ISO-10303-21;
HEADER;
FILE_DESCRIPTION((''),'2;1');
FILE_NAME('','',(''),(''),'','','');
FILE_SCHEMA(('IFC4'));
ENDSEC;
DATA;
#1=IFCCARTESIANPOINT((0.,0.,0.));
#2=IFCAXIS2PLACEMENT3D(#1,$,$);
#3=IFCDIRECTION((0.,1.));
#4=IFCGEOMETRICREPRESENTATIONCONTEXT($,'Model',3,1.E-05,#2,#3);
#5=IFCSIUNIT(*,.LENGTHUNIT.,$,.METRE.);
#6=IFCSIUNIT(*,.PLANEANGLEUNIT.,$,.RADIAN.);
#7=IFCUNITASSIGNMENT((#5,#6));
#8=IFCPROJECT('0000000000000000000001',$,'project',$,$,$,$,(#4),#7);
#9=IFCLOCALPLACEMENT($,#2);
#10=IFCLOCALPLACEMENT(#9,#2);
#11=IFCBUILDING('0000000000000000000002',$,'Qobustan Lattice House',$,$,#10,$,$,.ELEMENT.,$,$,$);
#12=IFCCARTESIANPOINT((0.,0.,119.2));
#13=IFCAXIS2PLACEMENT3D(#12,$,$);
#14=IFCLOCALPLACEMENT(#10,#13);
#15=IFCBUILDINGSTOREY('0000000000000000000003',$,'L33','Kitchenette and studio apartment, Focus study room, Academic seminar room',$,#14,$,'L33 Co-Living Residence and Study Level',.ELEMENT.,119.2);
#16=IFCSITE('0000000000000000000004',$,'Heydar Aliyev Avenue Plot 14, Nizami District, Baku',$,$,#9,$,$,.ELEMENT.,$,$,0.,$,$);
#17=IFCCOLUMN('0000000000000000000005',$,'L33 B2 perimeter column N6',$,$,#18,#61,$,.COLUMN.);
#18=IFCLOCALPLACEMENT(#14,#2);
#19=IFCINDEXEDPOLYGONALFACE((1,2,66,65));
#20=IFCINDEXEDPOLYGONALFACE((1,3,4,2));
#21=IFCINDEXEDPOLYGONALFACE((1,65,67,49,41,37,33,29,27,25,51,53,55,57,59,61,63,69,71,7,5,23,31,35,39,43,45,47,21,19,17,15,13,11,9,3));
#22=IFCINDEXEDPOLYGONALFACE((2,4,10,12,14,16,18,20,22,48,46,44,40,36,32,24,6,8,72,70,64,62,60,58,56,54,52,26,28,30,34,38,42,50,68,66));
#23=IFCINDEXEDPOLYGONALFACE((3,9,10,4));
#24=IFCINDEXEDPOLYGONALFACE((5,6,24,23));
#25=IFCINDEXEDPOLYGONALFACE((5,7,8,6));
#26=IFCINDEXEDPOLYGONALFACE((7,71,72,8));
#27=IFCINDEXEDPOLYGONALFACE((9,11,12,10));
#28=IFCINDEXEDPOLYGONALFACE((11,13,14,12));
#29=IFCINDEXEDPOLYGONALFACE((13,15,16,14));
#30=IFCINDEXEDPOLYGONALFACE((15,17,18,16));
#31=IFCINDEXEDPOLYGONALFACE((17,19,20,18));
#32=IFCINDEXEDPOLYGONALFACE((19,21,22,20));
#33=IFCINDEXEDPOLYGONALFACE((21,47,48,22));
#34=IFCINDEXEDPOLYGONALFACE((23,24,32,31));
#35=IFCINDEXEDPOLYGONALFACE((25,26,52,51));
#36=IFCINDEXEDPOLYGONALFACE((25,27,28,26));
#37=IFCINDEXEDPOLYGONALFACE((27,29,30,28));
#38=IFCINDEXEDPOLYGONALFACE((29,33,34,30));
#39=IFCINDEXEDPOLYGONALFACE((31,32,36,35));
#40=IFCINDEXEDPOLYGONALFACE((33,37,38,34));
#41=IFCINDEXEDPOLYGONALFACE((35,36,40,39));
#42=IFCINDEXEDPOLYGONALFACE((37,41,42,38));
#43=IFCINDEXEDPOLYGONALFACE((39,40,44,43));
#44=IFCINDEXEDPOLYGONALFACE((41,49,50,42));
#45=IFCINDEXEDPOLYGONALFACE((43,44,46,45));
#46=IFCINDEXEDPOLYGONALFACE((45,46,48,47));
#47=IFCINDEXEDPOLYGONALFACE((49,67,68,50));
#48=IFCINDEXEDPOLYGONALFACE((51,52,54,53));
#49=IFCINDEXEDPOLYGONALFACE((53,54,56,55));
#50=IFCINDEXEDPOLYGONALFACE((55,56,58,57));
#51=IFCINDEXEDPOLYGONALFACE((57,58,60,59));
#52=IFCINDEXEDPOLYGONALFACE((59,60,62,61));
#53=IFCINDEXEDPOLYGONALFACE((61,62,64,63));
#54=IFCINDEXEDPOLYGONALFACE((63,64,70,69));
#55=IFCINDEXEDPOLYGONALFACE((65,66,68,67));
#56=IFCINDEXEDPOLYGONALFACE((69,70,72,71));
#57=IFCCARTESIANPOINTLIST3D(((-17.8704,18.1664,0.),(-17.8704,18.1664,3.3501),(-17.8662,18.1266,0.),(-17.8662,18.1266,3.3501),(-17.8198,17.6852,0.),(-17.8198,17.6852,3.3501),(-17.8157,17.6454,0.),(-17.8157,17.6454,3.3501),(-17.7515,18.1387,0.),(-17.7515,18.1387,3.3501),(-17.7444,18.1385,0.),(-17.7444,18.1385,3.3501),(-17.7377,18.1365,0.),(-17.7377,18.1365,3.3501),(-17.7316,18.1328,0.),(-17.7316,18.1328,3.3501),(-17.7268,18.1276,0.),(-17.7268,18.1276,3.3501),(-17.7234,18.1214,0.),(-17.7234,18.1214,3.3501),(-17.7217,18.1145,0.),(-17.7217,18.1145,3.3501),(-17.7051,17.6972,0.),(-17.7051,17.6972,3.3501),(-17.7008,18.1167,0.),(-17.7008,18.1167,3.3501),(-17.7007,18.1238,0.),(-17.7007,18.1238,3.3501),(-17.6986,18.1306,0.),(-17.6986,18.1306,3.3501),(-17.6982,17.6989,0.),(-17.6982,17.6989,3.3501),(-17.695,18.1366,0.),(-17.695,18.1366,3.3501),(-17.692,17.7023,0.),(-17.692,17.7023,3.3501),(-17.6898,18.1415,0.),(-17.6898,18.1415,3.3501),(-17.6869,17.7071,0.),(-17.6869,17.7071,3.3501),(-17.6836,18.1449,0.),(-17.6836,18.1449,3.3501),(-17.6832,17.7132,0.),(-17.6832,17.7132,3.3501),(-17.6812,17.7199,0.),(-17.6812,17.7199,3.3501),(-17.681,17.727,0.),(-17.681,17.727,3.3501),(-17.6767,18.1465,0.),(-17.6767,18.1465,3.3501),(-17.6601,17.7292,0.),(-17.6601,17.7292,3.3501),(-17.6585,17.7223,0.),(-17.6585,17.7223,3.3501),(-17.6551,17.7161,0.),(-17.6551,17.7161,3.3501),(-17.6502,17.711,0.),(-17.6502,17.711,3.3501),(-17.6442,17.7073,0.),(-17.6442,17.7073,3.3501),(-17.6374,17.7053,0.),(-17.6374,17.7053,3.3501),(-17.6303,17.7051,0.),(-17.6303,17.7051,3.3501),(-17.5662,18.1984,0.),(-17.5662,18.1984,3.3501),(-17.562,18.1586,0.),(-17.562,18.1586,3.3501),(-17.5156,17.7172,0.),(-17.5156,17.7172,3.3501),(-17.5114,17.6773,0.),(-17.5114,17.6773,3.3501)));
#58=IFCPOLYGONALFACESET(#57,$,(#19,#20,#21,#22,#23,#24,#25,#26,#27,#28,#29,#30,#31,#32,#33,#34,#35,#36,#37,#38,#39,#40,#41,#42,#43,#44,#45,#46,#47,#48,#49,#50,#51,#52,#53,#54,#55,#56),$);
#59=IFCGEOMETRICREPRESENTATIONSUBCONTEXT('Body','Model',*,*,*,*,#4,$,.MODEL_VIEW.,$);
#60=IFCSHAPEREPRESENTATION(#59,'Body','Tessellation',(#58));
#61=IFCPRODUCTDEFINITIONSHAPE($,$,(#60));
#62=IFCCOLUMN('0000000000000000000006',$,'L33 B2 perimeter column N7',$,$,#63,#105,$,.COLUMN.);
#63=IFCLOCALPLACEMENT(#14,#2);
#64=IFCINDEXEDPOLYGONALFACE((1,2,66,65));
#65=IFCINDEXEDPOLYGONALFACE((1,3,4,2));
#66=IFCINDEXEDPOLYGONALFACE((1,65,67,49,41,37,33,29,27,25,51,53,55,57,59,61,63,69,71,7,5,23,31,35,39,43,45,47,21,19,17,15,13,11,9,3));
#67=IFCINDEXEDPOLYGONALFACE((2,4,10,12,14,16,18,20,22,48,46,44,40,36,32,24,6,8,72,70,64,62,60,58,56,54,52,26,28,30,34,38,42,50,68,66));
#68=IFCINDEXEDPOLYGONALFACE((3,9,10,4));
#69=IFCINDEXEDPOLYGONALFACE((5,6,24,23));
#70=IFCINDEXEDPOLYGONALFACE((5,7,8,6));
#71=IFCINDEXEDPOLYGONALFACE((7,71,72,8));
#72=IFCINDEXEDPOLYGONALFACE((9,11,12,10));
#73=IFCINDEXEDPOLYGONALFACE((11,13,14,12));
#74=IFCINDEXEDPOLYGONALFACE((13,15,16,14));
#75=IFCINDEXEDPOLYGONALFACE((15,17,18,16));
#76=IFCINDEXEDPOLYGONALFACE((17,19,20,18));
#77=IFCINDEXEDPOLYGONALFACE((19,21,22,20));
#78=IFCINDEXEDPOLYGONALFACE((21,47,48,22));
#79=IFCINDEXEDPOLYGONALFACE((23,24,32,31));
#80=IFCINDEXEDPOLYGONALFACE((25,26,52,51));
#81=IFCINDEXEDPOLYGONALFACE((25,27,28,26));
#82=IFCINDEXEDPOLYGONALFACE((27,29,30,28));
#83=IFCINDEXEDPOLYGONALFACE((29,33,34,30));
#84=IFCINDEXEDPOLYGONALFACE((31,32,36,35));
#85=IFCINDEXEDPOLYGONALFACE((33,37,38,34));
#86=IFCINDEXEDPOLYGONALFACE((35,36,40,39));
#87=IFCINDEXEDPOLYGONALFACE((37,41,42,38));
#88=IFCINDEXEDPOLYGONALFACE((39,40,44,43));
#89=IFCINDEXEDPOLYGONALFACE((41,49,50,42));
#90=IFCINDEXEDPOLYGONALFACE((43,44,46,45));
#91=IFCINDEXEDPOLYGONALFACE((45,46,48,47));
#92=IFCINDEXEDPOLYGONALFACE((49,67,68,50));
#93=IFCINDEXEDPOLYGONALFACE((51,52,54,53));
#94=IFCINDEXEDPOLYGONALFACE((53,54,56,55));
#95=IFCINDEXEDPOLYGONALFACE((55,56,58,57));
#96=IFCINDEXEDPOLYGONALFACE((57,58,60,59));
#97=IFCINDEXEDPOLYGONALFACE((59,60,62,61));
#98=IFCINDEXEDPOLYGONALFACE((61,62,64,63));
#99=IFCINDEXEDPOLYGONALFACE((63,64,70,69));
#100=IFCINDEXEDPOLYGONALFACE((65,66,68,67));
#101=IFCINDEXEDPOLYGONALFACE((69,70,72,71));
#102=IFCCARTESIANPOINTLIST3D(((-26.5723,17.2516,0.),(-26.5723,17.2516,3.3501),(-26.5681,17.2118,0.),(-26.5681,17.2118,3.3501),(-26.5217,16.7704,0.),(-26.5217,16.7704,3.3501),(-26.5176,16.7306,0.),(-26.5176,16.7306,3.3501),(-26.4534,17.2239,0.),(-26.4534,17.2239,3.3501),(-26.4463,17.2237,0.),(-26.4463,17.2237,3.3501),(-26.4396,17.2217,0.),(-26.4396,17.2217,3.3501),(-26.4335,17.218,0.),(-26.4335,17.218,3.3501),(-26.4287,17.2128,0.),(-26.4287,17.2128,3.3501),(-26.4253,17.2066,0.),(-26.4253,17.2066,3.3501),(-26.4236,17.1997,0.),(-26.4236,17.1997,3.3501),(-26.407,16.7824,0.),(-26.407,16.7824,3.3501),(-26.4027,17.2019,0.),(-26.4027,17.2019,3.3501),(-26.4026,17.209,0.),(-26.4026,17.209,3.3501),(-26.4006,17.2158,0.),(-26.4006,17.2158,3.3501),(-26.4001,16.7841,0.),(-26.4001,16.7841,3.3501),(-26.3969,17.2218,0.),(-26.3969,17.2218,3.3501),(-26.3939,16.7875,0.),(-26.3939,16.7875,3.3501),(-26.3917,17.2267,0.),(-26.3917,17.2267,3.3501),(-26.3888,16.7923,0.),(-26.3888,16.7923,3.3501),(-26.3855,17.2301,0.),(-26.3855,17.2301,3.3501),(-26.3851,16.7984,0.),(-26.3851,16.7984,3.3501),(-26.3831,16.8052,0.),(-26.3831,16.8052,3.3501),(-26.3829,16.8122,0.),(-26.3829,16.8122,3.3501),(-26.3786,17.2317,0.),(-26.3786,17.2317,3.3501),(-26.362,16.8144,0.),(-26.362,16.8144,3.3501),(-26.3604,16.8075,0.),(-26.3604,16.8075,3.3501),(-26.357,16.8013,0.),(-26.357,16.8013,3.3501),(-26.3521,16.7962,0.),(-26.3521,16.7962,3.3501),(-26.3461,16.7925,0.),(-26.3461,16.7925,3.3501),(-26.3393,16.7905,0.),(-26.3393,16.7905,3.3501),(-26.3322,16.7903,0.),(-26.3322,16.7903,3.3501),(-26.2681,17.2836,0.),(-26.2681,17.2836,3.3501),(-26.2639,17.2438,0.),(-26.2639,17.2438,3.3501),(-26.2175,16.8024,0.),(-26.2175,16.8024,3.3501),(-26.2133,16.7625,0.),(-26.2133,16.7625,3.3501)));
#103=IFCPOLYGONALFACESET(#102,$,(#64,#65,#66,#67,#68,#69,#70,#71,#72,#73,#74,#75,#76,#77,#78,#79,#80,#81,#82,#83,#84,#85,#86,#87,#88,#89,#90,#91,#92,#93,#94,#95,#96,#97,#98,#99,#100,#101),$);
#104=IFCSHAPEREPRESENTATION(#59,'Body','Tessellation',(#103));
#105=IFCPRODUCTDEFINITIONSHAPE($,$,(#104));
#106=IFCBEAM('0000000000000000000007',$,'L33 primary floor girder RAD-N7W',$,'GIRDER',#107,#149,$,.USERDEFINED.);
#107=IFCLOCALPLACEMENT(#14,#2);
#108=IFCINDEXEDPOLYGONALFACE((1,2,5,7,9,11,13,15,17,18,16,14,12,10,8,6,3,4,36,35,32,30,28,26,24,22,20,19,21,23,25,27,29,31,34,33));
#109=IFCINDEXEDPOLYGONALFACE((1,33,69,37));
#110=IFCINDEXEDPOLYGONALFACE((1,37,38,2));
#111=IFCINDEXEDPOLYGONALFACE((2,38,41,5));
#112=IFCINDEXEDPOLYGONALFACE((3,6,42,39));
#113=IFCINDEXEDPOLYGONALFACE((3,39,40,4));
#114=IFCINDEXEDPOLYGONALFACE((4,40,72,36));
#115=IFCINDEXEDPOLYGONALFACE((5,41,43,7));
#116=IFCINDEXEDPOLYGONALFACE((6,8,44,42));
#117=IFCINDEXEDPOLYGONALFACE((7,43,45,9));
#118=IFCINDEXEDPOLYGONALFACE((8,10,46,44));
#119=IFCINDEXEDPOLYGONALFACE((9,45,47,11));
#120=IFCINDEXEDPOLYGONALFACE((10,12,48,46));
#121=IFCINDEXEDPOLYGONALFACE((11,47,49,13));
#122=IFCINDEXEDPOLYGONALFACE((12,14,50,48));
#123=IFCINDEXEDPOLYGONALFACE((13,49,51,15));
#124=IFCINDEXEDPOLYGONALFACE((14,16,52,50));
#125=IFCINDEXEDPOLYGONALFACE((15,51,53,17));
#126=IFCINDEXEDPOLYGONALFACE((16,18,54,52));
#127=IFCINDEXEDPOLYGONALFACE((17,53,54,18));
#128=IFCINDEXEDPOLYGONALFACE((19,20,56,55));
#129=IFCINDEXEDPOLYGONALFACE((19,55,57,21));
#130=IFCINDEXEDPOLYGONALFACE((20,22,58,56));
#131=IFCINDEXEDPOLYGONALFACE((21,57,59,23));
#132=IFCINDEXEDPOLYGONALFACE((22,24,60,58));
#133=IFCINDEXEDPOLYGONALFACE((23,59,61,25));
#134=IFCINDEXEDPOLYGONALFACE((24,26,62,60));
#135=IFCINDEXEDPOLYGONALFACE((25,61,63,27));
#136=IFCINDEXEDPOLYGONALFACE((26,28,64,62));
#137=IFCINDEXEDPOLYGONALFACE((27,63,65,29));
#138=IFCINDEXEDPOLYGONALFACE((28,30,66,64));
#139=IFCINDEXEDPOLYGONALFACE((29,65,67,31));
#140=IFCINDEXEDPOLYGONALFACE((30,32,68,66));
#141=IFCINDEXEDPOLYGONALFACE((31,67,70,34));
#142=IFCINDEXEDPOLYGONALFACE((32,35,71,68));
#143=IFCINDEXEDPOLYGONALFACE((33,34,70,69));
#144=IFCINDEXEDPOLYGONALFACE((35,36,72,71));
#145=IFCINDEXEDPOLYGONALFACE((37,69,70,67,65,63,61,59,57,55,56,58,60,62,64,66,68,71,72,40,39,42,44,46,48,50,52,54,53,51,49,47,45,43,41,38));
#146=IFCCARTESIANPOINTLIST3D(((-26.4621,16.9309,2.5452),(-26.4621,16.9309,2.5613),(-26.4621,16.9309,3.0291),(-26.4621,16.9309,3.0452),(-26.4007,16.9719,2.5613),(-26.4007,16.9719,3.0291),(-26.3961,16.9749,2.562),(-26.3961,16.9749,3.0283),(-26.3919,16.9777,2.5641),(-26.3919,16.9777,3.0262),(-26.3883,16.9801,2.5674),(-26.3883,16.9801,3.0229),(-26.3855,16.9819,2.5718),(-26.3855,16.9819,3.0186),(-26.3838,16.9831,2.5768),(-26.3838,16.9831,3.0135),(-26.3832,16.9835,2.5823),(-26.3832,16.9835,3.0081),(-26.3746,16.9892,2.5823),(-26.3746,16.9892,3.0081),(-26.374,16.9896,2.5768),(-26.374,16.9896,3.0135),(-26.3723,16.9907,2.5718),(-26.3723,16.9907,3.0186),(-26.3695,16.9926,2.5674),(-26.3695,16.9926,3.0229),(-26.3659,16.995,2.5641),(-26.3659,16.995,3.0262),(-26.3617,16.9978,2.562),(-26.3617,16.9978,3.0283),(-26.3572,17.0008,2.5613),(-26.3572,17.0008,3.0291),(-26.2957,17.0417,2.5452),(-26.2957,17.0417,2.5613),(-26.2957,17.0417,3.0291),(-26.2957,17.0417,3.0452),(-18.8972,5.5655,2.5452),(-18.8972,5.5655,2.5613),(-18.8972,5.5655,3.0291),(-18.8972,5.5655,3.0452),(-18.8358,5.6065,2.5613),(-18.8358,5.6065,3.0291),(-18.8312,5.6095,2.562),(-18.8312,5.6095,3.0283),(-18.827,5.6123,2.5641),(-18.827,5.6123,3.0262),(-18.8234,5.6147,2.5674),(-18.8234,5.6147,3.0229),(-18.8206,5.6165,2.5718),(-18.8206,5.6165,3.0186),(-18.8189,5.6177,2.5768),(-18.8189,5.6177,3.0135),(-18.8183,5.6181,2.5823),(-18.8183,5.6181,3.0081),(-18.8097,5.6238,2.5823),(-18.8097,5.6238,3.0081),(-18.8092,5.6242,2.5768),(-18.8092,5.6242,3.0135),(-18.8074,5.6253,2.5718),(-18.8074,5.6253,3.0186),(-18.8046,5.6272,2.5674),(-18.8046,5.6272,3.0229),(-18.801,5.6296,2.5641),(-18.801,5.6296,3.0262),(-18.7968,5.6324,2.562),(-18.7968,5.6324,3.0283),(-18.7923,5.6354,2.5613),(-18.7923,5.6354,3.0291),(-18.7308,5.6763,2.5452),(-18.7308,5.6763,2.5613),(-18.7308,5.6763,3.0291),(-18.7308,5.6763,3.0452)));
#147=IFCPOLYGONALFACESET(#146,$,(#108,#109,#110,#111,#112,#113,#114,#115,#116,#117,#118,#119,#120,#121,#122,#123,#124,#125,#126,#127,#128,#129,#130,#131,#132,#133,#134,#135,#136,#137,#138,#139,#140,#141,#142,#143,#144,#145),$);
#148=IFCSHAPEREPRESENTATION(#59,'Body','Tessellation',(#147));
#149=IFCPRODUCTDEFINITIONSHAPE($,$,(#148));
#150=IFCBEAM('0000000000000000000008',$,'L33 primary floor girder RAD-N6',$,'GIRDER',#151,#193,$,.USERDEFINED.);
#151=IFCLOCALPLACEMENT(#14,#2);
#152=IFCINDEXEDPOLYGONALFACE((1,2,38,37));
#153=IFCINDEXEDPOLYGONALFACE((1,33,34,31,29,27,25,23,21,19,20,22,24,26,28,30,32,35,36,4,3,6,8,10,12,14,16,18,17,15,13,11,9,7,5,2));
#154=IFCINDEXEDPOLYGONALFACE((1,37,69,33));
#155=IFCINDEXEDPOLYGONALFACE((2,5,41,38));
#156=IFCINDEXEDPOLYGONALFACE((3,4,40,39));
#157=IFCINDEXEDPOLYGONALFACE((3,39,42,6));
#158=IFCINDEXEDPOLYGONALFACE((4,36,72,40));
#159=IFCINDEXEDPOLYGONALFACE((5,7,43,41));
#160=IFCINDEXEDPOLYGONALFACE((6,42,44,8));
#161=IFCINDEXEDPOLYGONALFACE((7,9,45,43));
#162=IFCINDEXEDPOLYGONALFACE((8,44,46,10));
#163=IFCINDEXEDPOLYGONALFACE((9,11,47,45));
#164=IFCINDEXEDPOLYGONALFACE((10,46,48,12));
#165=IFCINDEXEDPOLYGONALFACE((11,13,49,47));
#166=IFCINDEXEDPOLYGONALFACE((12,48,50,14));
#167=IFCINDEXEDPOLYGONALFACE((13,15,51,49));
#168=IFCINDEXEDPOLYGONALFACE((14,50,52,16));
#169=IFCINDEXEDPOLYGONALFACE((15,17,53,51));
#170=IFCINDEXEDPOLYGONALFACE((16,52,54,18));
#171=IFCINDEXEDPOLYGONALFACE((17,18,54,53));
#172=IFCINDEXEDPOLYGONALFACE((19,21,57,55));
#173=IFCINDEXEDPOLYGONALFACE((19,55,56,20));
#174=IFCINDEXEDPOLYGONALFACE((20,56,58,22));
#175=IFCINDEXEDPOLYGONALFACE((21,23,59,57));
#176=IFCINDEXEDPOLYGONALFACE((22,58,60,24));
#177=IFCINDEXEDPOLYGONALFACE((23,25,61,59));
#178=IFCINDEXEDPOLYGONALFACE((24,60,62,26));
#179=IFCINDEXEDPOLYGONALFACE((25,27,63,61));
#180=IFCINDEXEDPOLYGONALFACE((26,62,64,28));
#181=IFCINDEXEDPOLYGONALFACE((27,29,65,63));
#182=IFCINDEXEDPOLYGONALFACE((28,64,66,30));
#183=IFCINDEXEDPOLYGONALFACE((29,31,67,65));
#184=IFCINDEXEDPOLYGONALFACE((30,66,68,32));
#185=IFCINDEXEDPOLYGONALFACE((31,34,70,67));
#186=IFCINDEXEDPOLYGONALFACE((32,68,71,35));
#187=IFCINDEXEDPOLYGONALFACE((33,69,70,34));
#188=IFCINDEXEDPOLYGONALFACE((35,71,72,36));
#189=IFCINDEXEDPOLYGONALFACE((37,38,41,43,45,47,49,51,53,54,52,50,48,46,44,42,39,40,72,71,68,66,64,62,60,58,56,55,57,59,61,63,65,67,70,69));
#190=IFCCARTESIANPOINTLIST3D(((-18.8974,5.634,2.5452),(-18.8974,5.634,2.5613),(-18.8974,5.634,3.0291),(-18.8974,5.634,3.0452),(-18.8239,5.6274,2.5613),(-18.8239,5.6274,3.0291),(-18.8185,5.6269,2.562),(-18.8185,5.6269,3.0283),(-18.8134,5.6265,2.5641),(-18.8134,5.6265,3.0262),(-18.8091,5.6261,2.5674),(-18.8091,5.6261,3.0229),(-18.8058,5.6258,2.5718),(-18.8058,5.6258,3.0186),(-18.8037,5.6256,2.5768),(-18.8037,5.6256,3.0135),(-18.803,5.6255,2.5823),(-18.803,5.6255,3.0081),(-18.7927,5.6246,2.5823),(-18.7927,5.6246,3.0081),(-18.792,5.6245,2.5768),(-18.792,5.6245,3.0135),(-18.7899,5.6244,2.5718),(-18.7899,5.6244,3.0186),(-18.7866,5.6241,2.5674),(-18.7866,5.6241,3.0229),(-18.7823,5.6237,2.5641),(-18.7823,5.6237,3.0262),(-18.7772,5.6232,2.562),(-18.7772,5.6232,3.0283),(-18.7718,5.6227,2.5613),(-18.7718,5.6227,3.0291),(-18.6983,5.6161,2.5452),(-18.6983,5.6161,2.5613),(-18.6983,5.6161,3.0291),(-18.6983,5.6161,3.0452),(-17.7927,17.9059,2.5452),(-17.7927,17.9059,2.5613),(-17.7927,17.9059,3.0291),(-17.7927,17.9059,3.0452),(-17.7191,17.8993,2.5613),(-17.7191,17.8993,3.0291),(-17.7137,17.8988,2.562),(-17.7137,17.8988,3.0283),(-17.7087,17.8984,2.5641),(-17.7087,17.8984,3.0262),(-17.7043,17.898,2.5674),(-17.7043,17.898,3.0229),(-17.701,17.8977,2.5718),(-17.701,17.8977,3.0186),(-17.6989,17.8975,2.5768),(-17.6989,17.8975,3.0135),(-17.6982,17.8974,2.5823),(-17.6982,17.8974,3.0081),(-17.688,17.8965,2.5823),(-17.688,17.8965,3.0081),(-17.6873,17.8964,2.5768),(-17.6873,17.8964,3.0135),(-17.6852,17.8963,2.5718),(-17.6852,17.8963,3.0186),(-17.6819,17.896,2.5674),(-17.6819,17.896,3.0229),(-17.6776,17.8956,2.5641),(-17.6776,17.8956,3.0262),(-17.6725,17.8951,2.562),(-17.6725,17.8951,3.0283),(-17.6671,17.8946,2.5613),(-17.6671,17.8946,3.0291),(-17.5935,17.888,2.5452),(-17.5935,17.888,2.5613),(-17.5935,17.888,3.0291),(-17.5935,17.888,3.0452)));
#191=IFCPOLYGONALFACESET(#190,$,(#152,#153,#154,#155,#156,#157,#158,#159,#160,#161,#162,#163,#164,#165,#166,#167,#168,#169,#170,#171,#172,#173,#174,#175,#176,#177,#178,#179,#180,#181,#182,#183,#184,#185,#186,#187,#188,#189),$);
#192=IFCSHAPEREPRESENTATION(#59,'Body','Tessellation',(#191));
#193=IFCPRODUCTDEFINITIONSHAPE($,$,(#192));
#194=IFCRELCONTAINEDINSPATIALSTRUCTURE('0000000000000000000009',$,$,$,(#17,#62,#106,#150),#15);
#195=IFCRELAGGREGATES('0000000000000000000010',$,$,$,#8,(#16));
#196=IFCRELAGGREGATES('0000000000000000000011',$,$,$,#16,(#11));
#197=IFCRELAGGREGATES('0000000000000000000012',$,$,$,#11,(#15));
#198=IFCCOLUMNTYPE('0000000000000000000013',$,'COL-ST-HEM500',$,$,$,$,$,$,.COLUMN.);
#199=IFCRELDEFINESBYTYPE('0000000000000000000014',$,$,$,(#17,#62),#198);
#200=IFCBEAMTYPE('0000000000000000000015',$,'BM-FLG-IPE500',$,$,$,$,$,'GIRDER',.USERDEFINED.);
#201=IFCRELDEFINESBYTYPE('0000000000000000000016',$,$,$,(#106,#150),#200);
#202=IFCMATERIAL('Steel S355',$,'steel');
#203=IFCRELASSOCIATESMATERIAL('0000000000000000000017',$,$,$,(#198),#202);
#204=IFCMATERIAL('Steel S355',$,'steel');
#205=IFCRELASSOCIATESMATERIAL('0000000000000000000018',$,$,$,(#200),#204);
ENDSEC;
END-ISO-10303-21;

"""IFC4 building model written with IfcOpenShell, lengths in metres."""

from ifc_helpers import new_model, si_unit, direction, frame, origin, origin_2d, place, context, subcontext, project, spatial, i_section, extrude, material, material_profile, profile_set, type_object, element, save


model = new_model("IFC4")

# Units and contexts
model_context = context("Model", 3, precision=1e-05, world=origin(), true_north=direction((0.0, 1.0)))
body_context = subcontext(model_context, "Body", "Model", "MODEL_VIEW")
ifc_project = project(units=[si_unit("LENGTHUNIT", "METRE"), si_unit("PLANEANGLEUNIT", "RADIAN")], contexts=[model_context])

# Site, building, storey
site_placement = place(None, origin())
site = spatial("IfcSite", under=ifc_project, at=site_placement, Name="Heydar Aliyev Avenue Plot 14, Nizami District, Baku", CompositionType="ELEMENT", RefElevation=0.0)
building_placement = place(site_placement, origin())
building = spatial("IfcBuilding", under=site, at=building_placement, Name="Qobustan Lattice House", CompositionType="ELEMENT")
storey_placement = place(building_placement, frame((0.0, 0.0, 119.2)))
storey = spatial("IfcBuildingStorey", under=building, at=storey_placement, Name="L33", Description="Kitchenette and studio apartment, Focus study room, Academic seminar room", LongName="L33 Co-Living Residence and Study Level", CompositionType="ELEMENT", Elevation=119.2)

# Columns
ifc_material_1 = material(Name="Steel S355", Category="steel")
ifc_material_profile_1 = material_profile(ifc_material_1, i_section(OverallWidth=0.3059, OverallDepth=0.5239, WebThickness=0.021, FlangeThickness=0.04, FilletRadius=0.0271, at=origin_2d()), Name="HEM500")
ifc_profile_set_1 = profile_set([ifc_material_profile_1], Name="Steel S355")
column_type = type_object("IfcColumnType", Name="COL-ST-HEM500", PredefinedType="COLUMN", material=ifc_profile_set_1)
for number, where, z_axis, x_axis, name in (
    (1, (-17.6909, 17.9219, 0.0), (0.0, 0.0, 1.0), (0.994522, 0.104528, 0.0), "L33 B2 perimeter column N6"),
    (2, (-26.3928, 17.0071, 0.0), (0.0, 0.0, 1.0), (0.994522, 0.104528, 0.0), "L33 B2 perimeter column N7"),
):
    element("IfcColumn", number, at=place(storey_placement, frame(where, z_axis=z_axis, x_axis=x_axis)), inside=storey, type_object=column_type, Name=name, PredefinedType="COLUMN", context=body_context, shape_type="SweptSolid", body=[
        extrude(i_section(OverallWidth=0.3059, OverallDepth=0.5239, WebThickness=0.021, FlangeThickness=0.04, FilletRadius=0.0271, at=origin_2d()), origin(), (0.0, 0.0, 1.0), 3.3501),
    ])

# Beams
ifc_material_2 = material(Name="Steel S355", Category="steel")
ifc_material_profile_2 = material_profile(ifc_material_2, i_section(OverallWidth=0.2, OverallDepth=0.5, WebThickness=0.0103, FlangeThickness=0.0161, FilletRadius=0.021, at=origin_2d()), Name="IPE500")
ifc_profile_set_2 = profile_set([ifc_material_profile_2], Name="Steel S355")
beam_type_1 = type_object("IfcBeamType", Name="BM-FLG-IPE500", ElementType="GIRDER", PredefinedType="USERDEFINED", material=ifc_profile_set_2)
beam_1_placement = place(storey_placement, frame((-26.3789, 16.9863, 2.7952), z_axis=(0.554089, -0.832457, 0.0), x_axis=(0.832457, 0.554089, 0.0)))
element("IfcBeam", 3, at=beam_1_placement, inside=storey, type_object=beam_type_1, Name="L33 primary floor girder RAD-N7W", ObjectType="GIRDER", PredefinedType="USERDEFINED", context=body_context, shape_type="SweptSolid", body=[
    extrude(i_section(OverallWidth=0.2, OverallDepth=0.5, WebThickness=0.0103, FlangeThickness=0.0161, FilletRadius=0.021, at=origin_2d()), origin(), (0.0, 0.0, 1.0), 13.6528),
])
beam_2_placement = place(storey_placement, frame((-17.6931, 17.897, 2.7952), z_axis=(-0.089659, -0.995973, 0.0), x_axis=(0.995973, -0.089659, 0.0)))
element("IfcBeam", 4, at=beam_2_placement, inside=storey, type_object=beam_type_1, Name="L33 primary floor girder RAD-N6", ObjectType="GIRDER", PredefinedType="USERDEFINED", context=body_context, shape_type="SweptSolid", body=[
    extrude(i_section(OverallWidth=0.2, OverallDepth=0.5, WebThickness=0.0103, FlangeThickness=0.0161, FilletRadius=0.021, at=origin_2d()), origin(), (0.0, 0.0, 1.0), 12.3215),
])

save(model, "model.ifc")
